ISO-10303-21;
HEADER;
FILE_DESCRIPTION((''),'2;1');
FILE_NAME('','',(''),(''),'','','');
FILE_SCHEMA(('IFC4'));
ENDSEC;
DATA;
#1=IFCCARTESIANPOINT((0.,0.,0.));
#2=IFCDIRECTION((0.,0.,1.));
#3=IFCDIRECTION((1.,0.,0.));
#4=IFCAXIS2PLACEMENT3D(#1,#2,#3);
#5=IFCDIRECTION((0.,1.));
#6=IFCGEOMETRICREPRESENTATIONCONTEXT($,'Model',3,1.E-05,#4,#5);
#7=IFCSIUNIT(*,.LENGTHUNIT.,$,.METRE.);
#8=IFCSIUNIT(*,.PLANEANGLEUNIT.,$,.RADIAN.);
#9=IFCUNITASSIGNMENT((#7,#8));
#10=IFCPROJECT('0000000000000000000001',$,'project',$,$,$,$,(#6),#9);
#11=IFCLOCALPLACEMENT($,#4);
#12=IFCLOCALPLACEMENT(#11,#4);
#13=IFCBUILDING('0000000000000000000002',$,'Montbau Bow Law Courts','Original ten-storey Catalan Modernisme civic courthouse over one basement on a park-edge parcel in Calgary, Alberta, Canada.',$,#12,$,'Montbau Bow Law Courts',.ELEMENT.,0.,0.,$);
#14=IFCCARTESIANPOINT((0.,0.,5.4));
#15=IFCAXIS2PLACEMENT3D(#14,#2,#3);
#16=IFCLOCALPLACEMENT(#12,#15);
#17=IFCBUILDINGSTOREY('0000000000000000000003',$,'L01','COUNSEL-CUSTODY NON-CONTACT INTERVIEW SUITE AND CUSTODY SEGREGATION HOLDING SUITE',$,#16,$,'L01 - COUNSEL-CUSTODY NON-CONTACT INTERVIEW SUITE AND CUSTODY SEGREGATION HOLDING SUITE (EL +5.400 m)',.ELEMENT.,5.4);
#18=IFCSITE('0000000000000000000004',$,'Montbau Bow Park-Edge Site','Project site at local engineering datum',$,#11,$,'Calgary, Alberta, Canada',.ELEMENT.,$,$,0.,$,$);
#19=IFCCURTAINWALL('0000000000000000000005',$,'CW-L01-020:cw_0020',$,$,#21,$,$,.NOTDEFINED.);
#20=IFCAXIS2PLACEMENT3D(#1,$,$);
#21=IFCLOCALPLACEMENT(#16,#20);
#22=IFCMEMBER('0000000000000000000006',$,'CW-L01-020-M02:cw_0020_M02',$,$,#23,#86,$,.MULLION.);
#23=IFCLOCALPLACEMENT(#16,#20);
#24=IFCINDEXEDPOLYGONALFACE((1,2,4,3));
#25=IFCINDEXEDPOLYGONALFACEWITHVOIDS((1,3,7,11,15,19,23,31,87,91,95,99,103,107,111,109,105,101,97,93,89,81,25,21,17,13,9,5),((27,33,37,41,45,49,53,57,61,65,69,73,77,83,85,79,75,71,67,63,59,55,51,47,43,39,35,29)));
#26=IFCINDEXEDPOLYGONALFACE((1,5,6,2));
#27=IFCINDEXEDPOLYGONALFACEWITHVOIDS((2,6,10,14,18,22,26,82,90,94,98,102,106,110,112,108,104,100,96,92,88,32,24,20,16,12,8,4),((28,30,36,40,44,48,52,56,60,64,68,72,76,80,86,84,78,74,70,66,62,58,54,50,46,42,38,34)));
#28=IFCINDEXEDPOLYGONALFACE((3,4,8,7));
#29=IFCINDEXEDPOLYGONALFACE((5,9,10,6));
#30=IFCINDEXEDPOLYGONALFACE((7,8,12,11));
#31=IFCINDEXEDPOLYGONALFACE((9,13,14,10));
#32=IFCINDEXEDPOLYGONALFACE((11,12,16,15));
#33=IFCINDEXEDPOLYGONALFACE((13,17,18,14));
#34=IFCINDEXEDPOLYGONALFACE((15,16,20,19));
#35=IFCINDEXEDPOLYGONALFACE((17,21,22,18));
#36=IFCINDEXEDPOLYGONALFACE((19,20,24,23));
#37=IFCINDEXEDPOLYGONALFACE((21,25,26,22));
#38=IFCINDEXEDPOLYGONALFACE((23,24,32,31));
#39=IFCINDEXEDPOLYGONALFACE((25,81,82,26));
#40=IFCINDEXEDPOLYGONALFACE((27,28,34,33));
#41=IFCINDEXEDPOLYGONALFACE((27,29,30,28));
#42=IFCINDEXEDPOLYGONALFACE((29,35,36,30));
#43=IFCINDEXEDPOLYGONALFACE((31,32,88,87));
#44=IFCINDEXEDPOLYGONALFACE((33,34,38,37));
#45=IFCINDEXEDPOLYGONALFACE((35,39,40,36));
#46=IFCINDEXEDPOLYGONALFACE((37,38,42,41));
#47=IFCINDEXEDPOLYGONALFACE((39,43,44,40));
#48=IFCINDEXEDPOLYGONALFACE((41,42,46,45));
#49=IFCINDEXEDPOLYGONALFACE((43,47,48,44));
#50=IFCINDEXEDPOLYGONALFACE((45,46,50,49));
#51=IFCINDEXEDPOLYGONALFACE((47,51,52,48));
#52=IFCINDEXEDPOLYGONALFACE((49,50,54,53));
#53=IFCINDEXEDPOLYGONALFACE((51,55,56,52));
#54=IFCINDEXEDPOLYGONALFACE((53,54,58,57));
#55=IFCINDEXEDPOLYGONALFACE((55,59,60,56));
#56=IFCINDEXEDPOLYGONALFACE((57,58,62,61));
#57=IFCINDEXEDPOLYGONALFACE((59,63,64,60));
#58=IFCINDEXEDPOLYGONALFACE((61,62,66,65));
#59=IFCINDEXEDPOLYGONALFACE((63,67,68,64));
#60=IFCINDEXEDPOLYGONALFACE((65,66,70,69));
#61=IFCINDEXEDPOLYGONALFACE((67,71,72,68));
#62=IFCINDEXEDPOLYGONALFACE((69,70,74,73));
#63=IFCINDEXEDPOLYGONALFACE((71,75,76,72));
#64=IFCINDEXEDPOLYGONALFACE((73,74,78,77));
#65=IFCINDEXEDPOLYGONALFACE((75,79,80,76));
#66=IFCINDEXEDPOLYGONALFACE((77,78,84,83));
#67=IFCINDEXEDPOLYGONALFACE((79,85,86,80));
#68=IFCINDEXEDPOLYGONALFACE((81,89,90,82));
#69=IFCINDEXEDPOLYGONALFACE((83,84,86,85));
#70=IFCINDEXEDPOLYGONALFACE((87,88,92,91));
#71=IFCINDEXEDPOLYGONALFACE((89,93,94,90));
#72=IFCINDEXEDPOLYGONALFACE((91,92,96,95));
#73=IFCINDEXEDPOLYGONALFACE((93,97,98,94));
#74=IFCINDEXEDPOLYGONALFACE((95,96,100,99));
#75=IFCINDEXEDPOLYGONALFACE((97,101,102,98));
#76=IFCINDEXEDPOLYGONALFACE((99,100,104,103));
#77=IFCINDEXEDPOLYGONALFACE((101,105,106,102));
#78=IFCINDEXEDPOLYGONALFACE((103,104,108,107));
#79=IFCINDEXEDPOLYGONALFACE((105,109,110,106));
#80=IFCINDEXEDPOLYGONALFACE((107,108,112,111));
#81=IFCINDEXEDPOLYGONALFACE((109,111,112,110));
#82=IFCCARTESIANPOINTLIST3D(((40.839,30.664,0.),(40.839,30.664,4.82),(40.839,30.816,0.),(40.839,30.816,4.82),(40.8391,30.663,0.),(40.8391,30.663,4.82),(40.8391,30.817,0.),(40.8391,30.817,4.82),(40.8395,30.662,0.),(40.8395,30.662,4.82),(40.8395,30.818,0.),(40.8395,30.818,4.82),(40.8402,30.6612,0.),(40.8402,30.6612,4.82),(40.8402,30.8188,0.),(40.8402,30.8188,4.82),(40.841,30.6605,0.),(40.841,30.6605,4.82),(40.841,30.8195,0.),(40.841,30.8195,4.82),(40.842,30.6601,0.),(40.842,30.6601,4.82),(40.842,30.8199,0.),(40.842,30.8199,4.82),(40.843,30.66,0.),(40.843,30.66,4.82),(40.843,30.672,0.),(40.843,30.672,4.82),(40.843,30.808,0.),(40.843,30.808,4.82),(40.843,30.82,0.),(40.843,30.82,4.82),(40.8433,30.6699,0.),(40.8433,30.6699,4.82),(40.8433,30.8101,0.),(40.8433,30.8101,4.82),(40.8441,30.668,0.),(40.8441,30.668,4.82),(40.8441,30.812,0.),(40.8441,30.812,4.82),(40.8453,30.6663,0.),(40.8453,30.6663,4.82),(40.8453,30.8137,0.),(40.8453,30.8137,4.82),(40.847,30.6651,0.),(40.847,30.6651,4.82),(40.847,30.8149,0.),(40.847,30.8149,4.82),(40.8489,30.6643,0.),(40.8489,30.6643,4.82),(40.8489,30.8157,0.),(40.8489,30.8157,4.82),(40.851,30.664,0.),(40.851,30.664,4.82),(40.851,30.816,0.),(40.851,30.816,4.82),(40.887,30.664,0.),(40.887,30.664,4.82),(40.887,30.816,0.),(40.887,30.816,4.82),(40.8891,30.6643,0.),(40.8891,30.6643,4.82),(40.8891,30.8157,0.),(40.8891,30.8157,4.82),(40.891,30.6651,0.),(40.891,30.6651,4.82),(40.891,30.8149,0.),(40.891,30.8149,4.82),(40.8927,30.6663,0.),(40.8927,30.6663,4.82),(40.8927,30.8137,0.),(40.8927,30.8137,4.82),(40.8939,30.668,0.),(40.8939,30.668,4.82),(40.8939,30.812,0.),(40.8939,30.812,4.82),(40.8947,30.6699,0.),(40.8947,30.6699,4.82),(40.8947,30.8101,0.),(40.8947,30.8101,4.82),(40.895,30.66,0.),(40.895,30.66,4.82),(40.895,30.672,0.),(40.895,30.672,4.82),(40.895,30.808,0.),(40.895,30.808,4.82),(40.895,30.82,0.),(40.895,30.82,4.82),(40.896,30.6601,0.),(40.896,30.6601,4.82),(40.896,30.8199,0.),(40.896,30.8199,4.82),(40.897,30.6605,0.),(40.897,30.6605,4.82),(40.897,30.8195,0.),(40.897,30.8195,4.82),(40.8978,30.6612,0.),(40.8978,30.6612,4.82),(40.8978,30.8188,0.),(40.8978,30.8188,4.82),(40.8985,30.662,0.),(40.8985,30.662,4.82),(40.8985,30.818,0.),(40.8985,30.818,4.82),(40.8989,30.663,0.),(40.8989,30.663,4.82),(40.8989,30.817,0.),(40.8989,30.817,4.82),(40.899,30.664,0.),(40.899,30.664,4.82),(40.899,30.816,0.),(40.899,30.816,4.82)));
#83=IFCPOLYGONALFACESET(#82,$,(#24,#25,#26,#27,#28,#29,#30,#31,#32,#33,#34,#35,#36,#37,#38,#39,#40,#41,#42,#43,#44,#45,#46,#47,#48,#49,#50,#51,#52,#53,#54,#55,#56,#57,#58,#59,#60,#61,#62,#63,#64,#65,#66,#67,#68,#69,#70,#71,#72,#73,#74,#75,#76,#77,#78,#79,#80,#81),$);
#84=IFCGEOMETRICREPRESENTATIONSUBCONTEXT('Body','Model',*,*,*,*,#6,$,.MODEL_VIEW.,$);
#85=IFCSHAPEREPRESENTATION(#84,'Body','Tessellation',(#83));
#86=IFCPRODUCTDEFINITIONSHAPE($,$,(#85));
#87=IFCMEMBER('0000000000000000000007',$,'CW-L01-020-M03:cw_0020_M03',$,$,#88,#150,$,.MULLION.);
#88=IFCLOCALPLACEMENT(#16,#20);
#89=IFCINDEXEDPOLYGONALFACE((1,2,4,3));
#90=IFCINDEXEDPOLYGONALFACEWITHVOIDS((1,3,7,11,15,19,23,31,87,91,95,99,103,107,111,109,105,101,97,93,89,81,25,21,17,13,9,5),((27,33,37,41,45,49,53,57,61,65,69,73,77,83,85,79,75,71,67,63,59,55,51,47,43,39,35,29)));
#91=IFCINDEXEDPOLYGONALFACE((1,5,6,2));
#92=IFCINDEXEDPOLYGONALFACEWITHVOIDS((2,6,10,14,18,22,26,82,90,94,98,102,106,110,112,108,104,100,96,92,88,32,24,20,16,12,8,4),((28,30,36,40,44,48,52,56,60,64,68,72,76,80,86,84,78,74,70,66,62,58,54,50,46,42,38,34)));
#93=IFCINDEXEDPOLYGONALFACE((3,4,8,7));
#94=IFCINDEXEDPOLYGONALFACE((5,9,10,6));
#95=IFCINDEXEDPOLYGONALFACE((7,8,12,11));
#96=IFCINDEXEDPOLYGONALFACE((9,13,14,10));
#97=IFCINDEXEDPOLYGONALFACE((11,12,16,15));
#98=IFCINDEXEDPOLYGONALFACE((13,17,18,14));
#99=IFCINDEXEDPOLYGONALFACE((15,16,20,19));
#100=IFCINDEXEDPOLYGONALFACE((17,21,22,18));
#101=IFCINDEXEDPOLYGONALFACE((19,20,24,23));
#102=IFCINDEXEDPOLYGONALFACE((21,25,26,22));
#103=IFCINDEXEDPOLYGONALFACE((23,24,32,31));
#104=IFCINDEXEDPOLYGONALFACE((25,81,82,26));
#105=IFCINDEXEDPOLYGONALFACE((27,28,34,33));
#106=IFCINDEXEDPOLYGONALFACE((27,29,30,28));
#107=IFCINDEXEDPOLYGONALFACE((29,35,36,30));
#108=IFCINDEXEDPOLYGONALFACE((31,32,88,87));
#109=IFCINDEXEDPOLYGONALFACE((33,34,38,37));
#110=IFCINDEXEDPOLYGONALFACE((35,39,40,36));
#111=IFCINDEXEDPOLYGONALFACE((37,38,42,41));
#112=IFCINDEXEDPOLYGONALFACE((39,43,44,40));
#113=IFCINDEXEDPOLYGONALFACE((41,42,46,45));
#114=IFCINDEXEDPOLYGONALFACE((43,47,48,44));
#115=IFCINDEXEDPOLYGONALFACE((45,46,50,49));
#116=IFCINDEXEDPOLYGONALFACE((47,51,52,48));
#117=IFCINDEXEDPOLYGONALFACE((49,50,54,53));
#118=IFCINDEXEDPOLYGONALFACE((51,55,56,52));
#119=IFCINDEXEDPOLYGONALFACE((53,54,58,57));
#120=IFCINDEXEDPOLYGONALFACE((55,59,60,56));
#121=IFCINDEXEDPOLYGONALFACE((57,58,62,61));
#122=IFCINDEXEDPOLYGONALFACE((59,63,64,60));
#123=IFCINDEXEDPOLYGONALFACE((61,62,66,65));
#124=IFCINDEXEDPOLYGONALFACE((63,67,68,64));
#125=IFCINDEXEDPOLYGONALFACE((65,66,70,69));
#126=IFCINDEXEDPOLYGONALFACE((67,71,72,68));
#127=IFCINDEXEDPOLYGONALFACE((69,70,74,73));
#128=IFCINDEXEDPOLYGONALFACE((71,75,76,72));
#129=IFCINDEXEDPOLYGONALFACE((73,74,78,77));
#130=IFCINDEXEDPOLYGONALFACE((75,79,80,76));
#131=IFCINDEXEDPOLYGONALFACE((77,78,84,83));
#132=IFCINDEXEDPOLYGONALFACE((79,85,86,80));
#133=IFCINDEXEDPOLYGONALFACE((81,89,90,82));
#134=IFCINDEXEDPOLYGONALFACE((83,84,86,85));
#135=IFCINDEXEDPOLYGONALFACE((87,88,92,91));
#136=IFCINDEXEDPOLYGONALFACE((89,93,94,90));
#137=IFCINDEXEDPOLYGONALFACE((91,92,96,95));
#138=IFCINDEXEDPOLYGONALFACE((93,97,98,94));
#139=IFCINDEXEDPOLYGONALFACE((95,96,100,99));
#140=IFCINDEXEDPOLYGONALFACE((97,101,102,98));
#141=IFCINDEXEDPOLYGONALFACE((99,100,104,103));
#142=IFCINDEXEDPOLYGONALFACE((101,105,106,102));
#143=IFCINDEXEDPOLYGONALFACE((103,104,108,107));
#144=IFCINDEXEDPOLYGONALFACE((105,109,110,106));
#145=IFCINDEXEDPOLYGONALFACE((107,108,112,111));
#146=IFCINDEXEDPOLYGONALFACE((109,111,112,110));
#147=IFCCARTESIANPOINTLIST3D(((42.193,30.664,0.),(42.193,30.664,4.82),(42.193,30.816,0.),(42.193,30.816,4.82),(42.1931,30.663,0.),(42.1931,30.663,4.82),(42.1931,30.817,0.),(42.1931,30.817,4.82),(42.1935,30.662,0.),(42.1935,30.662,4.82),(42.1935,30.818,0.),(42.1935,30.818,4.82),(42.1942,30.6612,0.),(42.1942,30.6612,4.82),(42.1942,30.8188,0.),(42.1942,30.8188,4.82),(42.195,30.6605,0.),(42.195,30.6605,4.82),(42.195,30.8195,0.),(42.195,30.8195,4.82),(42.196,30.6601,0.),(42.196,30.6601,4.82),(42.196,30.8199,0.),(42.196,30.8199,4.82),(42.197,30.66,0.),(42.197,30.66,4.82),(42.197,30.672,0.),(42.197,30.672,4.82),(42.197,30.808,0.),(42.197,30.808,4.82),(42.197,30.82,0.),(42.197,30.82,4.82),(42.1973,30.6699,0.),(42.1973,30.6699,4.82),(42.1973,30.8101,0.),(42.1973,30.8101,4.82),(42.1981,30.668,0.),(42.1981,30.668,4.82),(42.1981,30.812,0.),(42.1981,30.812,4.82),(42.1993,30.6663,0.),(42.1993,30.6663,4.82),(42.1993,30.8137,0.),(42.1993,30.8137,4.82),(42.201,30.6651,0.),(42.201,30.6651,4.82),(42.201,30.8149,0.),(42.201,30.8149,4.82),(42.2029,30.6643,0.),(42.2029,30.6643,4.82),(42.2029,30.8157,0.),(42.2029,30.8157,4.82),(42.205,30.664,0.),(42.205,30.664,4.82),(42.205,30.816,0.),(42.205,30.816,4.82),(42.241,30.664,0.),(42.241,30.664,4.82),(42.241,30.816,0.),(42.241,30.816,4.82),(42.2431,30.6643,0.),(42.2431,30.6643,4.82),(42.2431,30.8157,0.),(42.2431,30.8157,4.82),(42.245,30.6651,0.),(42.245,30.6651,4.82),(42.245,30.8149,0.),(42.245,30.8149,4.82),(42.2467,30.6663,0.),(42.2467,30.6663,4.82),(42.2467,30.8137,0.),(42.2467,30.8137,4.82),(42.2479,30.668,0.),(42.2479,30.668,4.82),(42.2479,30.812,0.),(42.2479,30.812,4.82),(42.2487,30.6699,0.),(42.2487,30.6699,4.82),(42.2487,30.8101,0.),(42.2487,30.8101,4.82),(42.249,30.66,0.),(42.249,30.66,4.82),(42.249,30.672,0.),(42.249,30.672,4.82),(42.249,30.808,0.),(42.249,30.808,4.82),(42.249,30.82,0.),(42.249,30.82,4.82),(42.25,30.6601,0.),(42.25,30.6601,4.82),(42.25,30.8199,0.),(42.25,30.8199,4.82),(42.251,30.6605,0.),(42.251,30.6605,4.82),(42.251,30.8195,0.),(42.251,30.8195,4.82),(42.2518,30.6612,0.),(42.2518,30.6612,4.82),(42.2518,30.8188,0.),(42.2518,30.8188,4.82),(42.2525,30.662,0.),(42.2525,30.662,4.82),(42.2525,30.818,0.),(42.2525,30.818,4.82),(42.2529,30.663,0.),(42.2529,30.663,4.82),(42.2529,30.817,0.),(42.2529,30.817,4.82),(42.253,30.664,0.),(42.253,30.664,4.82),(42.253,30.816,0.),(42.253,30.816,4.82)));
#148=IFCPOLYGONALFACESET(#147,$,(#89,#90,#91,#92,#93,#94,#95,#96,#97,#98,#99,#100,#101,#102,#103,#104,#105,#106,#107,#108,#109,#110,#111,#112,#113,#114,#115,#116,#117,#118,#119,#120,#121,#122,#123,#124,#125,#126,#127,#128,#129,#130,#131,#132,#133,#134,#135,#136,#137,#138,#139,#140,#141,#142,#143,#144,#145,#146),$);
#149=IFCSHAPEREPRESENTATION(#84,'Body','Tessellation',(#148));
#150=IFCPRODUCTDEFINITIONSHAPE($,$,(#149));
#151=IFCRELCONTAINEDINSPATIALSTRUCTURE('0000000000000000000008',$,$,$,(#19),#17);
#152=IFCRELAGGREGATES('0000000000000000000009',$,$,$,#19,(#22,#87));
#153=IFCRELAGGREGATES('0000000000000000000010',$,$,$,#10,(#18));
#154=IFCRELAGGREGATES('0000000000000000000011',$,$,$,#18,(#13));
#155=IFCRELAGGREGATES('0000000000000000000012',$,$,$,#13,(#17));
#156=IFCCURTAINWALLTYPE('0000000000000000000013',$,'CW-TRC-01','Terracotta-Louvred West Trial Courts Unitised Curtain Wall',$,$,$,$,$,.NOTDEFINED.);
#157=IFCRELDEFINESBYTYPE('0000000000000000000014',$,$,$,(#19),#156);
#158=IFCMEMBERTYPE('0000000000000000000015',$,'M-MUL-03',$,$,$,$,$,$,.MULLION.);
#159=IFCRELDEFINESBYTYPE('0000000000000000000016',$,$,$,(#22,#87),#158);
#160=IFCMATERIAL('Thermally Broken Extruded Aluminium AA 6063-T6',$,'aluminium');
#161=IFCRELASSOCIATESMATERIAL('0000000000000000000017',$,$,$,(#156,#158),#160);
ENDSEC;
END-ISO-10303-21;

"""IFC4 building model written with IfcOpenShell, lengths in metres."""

from ifc_helpers import new_model, si_unit, direction, frame, origin_with_axes, origin_2d_with_axis, place, context, subcontext, project, spatial, hollow_rectangle, extrude, material, material_profile, profile_set, type_object, element, aggregate, save


model = new_model("IFC4")

# Units and contexts
model_context = context("Model", 3, precision=1e-05, world=origin_with_axes(), true_north=direction((0.0, 1.0)))
body_context = subcontext(model_context, "Body", "Model", "MODEL_VIEW")
ifc_project = project(units=[si_unit("LENGTHUNIT", "METRE"), si_unit("PLANEANGLEUNIT", "RADIAN")], contexts=[model_context])

# Site, building, storey
site_placement = place(None, origin_with_axes())
site = spatial("IfcSite", under=ifc_project, at=site_placement, Name="Montbau Bow Park-Edge Site", Description="Project site at local engineering datum", LongName="Calgary, Alberta, Canada", CompositionType="ELEMENT", RefElevation=0.0)
building_placement = place(site_placement, origin_with_axes())
building = spatial("IfcBuilding", under=site, at=building_placement, Name="Montbau Bow Law Courts", Description="Original ten-storey Catalan Modernisme civic courthouse over one basement on a park-edge parcel in Calgary, Alberta, Canada.", LongName="Montbau Bow Law Courts", CompositionType="ELEMENT", ElevationOfRefHeight=0.0, ElevationOfTerrain=0.0)
storey_placement = place(building_placement, frame((0.0, 0.0, 5.4), z_axis=(0.0, 0.0, 1.0), x_axis=(1.0, 0.0, 0.0)))
storey = spatial("IfcBuildingStorey", under=building, at=storey_placement, Name="L01", Description="COUNSEL-CUSTODY NON-CONTACT INTERVIEW SUITE AND CUSTODY SEGREGATION HOLDING SUITE", LongName="L01 - COUNSEL-CUSTODY NON-CONTACT INTERVIEW SUITE AND CUSTODY SEGREGATION HOLDING SUITE (EL +5.400 m)", CompositionType="ELEMENT", Elevation=5.4)

# Curtain wall, members
ifc_material_1 = material(Name="Thermally Broken Extruded Aluminium AA 6063-T6", Category="aluminium")
curtain_wall_type = type_object("IfcCurtainWallType", Name="CW-TRC-01", Description="Terracotta-Louvred West Trial Courts Unitised Curtain Wall", PredefinedType="NOTDEFINED", material=ifc_material_1)
curtain_wall_1_placement = place(None, frame((39.515, 30.74, 5.4), z_axis=(0.0, 0.0, 1.0), x_axis=(1.0, 0.0, 0.0)))
curtain_wall_1 = element("IfcCurtainWall", 1, at=curtain_wall_1_placement, inside=storey, type_object=curtain_wall_type, Name="CW-L01-020:cw_0020", PredefinedType="NOTDEFINED")
ifc_material_profile_1 = material_profile(ifc_material_1, hollow_rectangle(XDim=0.06, YDim=0.16, WallThickness=0.004, InnerFilletRadius=0.008, OuterFilletRadius=0.004, at=origin_2d_with_axis()), Name="CWM-160X60", Category="Main", Priority=0)
ifc_profile_set_1 = profile_set([ifc_material_profile_1], Name="Thermally Broken Extruded Aluminium AA 6063-T6")
member_type_1 = type_object("IfcMemberType", Name="M-MUL-03", PredefinedType="MULLION", material=ifc_profile_set_1)
member_1_placement = place(None, frame((40.869, 30.74, 5.4), z_axis=(0.0, 0.0, 1.0), x_axis=(1.0, 0.0, 0.0)))
member_1 = element("IfcMember", 2, at=member_1_placement, type_object=member_type_1, Name="CW-L01-020-M02:cw_0020_M02", PredefinedType="MULLION", context=body_context, shape_type="SweptSolid", body=[
    extrude(hollow_rectangle(XDim=0.06, YDim=0.16, WallThickness=0.004, InnerFilletRadius=0.008, OuterFilletRadius=0.004, at=origin_2d_with_axis()), origin_with_axes(), (0.0, 0.0, 1.0), 4.82),
])
member_2_placement = place(None, frame((42.223, 30.74, 5.4), z_axis=(0.0, 0.0, 1.0), x_axis=(1.0, 0.0, 0.0)))
member_2 = element("IfcMember", 3, at=member_2_placement, type_object=member_type_1, Name="CW-L01-020-M03:cw_0020_M03", PredefinedType="MULLION", context=body_context, shape_type="SweptSolid", body=[
    extrude(hollow_rectangle(XDim=0.06, YDim=0.16, WallThickness=0.004, InnerFilletRadius=0.008, OuterFilletRadius=0.004, at=origin_2d_with_axis()), origin_with_axes(), (0.0, 0.0, 1.0), 4.82),
])

aggregate(curtain_wall_1, [member_1, member_2])

save(model, "model.ifc")
